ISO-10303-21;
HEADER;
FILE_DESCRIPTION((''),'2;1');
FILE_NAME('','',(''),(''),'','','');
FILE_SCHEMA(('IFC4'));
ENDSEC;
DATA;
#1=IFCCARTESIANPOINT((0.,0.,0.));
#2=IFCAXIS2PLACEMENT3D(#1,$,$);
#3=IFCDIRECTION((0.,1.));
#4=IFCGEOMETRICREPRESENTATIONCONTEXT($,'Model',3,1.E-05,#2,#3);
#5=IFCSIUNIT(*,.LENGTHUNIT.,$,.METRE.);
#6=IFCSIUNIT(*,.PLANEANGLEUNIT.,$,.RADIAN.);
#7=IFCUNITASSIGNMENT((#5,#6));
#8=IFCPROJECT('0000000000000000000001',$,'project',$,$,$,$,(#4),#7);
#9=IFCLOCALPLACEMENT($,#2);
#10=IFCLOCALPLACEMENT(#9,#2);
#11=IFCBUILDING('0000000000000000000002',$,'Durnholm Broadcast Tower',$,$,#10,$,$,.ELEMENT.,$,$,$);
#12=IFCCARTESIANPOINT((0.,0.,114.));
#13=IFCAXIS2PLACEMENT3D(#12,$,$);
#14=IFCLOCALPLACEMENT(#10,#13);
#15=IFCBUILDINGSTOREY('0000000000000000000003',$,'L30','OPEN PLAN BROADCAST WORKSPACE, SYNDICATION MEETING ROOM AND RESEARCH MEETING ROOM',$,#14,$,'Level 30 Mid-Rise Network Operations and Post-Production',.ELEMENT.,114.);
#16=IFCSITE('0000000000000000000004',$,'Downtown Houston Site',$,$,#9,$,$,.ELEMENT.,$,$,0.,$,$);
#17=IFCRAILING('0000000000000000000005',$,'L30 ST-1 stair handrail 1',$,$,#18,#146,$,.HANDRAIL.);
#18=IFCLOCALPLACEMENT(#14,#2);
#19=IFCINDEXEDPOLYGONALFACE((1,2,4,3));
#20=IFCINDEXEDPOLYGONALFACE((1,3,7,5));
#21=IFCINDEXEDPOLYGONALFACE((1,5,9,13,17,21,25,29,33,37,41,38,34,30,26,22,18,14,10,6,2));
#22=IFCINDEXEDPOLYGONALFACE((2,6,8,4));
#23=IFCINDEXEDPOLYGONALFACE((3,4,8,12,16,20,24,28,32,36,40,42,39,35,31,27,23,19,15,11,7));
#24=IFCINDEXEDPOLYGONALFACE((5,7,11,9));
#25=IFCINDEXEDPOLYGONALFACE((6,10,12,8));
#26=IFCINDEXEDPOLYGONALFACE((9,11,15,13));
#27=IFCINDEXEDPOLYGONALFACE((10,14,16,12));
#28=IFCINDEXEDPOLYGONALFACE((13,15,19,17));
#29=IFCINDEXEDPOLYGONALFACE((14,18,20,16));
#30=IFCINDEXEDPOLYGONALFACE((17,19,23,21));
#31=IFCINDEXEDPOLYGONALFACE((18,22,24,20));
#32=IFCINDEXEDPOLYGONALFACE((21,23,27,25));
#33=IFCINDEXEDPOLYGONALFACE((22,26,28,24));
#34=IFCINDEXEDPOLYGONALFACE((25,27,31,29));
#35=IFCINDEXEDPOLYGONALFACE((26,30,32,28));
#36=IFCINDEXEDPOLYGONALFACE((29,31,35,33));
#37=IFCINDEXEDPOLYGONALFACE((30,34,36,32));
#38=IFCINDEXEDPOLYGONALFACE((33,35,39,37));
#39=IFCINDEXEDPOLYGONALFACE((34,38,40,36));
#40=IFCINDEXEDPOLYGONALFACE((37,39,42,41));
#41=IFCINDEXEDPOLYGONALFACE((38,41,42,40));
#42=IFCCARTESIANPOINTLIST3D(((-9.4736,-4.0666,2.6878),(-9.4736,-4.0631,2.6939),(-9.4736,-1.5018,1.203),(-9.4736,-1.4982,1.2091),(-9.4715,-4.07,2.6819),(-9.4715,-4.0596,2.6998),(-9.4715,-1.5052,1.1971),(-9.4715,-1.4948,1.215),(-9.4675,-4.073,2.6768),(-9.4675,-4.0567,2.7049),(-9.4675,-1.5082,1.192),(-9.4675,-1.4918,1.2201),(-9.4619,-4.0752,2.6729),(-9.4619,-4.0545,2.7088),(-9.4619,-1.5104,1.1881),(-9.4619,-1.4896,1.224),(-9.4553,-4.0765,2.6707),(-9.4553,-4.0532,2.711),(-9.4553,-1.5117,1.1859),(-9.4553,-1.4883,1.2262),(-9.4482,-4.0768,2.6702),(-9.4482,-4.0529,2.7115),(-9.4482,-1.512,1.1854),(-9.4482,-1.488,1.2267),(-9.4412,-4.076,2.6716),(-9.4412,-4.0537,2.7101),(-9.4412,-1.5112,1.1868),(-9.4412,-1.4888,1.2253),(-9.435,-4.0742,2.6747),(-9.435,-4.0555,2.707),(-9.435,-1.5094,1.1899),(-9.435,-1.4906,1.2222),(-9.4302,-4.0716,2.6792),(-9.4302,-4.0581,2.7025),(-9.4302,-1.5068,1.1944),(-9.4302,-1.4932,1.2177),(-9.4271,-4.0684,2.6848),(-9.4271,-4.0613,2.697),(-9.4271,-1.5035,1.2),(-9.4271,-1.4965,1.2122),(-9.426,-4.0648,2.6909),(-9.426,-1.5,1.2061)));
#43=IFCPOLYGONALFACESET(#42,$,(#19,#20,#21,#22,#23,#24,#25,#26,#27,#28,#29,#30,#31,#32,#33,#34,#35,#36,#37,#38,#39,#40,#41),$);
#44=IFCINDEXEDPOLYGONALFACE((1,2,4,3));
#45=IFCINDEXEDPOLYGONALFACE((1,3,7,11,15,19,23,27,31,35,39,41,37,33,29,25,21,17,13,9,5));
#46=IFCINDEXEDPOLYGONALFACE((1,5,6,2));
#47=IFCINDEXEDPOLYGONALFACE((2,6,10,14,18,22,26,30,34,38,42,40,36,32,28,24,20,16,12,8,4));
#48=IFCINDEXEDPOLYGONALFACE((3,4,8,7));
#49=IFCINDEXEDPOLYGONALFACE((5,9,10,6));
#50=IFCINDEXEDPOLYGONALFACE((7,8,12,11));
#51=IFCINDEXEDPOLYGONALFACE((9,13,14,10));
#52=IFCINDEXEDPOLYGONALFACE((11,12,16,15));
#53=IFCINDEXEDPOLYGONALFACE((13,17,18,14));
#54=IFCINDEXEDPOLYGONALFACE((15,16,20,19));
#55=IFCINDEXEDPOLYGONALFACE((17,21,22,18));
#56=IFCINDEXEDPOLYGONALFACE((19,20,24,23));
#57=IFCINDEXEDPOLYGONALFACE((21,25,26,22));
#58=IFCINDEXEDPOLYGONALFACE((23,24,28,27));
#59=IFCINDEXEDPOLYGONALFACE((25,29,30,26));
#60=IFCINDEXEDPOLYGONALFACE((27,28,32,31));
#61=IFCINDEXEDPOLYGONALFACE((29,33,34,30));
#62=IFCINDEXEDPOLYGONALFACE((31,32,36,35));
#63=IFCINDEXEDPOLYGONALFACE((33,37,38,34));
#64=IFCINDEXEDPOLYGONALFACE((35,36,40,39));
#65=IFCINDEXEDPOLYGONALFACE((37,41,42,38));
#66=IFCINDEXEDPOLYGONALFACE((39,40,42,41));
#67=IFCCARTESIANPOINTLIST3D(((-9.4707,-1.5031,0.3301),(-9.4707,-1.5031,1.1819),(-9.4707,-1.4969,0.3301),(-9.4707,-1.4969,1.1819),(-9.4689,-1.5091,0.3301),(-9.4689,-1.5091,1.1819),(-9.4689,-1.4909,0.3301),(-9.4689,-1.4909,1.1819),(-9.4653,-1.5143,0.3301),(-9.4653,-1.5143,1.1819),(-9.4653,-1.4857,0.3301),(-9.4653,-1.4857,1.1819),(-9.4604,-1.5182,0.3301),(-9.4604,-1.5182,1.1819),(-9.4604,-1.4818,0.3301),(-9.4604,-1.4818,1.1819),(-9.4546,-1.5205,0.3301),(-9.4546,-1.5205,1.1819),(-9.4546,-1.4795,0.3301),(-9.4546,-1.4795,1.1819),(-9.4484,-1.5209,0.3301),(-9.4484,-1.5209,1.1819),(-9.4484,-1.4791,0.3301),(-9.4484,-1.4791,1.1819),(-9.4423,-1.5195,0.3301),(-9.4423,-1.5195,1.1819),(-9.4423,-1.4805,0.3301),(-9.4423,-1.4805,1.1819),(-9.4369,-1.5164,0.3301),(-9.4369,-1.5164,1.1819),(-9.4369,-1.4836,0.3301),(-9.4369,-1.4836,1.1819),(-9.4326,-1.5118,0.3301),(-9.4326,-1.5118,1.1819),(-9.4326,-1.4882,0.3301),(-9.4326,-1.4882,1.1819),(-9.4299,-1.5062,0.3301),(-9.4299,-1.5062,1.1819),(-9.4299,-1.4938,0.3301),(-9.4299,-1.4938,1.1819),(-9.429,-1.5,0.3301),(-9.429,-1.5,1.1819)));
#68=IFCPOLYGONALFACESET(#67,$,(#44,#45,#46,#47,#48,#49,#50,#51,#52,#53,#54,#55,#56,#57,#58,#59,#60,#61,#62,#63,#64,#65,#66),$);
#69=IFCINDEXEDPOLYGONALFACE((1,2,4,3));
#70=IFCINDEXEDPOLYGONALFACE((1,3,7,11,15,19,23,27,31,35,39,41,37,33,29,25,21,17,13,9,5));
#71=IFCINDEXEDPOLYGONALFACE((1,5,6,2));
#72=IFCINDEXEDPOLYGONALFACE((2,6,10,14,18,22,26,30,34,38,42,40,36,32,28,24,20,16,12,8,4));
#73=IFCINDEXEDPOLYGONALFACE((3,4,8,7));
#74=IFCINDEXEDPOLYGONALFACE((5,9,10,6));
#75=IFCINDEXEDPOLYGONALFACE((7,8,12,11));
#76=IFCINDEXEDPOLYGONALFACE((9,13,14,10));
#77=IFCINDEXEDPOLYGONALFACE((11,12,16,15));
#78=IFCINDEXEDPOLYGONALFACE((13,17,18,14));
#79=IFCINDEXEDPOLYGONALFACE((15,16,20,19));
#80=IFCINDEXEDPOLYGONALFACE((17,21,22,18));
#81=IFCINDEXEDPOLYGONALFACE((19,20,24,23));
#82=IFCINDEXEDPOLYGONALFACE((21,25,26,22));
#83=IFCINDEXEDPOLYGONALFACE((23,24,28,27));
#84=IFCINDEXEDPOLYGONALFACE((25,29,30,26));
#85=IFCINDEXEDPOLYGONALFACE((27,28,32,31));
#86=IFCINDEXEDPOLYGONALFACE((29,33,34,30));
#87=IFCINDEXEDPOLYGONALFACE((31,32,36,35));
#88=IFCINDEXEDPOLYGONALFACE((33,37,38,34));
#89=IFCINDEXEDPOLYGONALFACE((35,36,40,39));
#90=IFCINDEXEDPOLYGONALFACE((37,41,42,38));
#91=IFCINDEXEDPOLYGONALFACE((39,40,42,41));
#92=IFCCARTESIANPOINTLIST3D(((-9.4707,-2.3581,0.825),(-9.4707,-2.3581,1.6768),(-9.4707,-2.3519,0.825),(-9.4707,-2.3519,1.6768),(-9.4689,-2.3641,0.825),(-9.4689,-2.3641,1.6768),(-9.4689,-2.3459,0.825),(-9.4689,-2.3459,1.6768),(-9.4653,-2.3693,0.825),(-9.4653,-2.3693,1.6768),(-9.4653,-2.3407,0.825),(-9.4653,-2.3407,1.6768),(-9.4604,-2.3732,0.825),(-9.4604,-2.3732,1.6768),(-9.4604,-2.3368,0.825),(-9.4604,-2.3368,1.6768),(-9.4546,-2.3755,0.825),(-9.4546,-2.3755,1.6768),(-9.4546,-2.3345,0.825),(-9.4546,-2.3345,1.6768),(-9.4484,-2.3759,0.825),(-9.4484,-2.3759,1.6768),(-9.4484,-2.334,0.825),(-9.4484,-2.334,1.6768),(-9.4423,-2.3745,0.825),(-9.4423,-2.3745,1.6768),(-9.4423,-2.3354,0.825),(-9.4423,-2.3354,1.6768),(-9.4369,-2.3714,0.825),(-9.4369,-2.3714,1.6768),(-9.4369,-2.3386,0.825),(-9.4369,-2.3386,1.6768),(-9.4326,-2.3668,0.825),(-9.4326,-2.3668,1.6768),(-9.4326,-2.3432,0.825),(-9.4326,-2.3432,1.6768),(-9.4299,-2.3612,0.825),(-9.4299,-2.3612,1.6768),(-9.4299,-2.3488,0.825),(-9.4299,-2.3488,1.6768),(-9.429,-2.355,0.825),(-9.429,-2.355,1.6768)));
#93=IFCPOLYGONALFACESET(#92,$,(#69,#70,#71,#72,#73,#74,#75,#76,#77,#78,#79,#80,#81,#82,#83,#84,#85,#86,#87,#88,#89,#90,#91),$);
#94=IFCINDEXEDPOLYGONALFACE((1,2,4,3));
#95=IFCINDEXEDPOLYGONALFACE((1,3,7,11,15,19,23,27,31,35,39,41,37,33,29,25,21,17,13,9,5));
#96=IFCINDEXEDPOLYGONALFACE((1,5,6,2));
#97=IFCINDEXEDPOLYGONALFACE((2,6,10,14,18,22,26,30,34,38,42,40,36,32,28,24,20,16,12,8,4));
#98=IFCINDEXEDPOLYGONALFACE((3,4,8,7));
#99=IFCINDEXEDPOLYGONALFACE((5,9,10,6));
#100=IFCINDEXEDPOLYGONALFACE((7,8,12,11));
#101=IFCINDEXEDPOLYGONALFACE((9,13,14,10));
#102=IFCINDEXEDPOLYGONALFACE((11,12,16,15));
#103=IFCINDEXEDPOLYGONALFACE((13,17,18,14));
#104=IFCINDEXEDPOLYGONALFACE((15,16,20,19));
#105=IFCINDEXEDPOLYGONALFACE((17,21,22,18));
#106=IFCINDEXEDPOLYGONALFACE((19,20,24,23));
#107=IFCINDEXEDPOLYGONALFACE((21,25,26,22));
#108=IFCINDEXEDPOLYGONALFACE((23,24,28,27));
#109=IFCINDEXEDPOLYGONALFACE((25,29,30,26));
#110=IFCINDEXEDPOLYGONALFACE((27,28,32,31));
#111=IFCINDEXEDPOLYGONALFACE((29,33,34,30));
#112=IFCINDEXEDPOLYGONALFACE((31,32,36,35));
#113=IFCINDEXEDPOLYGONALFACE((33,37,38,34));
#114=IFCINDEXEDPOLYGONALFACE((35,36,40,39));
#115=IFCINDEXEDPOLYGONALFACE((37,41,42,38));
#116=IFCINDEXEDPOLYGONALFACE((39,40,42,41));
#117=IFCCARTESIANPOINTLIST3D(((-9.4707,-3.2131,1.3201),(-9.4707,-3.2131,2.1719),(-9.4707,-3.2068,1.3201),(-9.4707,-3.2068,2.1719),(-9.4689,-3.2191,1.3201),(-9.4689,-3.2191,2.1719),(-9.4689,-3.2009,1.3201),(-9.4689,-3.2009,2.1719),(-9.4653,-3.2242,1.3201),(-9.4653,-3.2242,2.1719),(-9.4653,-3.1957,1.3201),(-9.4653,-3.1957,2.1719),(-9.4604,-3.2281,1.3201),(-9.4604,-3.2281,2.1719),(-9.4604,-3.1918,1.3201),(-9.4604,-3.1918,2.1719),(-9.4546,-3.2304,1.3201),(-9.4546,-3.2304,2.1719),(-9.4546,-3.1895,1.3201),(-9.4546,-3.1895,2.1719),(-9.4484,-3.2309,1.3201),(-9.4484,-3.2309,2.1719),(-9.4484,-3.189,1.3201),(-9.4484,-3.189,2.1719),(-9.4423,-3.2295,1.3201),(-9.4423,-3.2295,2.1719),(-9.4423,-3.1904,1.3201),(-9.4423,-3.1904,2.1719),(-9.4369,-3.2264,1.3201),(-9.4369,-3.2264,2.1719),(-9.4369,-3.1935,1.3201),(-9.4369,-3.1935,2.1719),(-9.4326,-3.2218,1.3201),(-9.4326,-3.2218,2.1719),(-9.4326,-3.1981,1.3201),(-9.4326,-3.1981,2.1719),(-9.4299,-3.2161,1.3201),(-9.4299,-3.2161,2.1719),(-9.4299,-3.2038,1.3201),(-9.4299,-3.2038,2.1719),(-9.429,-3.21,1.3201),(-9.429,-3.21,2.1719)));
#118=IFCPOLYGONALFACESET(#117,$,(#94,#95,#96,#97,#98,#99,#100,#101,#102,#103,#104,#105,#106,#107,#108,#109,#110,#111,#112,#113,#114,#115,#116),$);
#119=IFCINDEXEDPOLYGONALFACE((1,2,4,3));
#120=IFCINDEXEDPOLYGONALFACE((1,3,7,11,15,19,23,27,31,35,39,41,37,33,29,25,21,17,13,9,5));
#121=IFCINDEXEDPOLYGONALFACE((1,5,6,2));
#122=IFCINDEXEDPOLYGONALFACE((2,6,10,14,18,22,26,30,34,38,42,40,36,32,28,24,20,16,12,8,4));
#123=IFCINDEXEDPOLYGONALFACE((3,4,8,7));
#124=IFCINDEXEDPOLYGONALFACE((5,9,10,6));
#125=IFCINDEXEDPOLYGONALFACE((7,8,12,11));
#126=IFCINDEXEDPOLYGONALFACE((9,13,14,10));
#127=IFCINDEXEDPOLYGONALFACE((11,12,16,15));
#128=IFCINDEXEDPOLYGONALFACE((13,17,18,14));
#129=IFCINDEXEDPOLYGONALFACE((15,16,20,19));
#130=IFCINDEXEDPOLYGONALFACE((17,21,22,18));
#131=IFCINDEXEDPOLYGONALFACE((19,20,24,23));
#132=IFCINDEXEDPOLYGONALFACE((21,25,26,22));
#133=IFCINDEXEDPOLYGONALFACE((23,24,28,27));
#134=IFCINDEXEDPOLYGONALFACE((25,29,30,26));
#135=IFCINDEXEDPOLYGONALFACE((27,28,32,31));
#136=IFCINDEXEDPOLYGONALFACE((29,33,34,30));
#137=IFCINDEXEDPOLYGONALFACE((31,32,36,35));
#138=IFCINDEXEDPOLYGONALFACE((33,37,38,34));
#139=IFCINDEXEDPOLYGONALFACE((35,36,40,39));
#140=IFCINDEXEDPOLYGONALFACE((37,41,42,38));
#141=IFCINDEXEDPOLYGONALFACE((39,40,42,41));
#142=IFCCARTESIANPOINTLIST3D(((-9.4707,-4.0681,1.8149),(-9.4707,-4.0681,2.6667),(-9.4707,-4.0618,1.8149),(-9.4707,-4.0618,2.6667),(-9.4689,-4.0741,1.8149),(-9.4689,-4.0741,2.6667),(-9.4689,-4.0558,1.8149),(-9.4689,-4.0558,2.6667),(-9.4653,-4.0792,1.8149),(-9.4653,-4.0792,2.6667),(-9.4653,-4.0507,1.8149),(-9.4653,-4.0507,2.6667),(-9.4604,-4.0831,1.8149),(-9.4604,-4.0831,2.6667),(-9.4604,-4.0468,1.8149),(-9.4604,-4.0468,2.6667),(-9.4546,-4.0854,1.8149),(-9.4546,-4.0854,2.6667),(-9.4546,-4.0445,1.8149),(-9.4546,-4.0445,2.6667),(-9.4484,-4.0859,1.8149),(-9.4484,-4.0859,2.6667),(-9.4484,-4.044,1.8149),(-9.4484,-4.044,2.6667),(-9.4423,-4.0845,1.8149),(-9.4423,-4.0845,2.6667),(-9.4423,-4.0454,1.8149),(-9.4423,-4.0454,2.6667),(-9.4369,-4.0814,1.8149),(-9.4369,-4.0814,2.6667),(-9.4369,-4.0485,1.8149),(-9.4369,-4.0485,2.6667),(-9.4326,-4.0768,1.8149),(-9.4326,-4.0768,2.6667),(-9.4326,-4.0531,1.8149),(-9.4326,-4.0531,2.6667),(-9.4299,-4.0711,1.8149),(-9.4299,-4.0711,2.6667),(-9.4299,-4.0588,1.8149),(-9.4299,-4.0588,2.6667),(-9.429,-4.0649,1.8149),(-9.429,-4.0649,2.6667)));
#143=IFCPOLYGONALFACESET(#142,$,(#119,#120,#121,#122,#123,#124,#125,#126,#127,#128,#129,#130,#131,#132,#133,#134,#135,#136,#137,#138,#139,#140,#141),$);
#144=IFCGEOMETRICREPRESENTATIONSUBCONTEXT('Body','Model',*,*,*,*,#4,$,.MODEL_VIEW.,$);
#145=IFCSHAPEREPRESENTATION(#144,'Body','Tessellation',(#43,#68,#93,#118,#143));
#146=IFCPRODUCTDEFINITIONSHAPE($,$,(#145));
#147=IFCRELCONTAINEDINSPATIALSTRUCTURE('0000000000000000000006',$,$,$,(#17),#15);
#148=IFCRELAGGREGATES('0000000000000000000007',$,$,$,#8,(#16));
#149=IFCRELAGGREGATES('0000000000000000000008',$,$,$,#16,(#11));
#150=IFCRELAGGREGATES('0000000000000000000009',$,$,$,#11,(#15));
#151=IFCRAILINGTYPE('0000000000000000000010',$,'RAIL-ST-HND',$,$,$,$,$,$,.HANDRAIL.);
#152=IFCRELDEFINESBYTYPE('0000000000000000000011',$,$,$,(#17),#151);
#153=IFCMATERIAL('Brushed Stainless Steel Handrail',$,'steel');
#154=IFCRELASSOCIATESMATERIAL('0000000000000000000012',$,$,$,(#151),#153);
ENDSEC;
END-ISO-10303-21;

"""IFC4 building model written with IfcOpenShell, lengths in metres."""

from ifc_helpers import new_model, si_unit, direction, frame, origin, origin_2d, place, context, subcontext, project, spatial, circle, extrude, material, type_object, element, save


model = new_model("IFC4")

# Units and contexts
model_context = context("Model", 3, precision=1e-05, world=origin(), true_north=direction((0.0, 1.0)))
body_context = subcontext(model_context, "Body", "Model", "MODEL_VIEW")
ifc_project = project(units=[si_unit("LENGTHUNIT", "METRE"), si_unit("PLANEANGLEUNIT", "RADIAN")], contexts=[model_context])

# Site, building, storey
site_placement = place(None, origin())
site = spatial("IfcSite", under=ifc_project, at=site_placement, Name="Downtown Houston Site", CompositionType="ELEMENT", RefElevation=0.0)
building_placement = place(site_placement, origin())
building = spatial("IfcBuilding", under=site, at=building_placement, Name="Durnholm Broadcast Tower", CompositionType="ELEMENT")
storey_placement = place(building_placement, frame((0.0, 0.0, 114.0)))
storey = spatial("IfcBuildingStorey", under=building, at=storey_placement, Name="L30", Description="OPEN PLAN BROADCAST WORKSPACE, SYNDICATION MEETING ROOM AND RESEARCH MEETING ROOM", LongName="Level 30 Mid-Rise Network Operations and Post-Production", CompositionType="ELEMENT", Elevation=114.0)

# Railing
ifc_material_1 = material(Name="Brushed Stainless Steel Handrail", Category="steel")
railing_type_1 = type_object("IfcRailingType", Name="RAIL-ST-HND", PredefinedType="HANDRAIL", material=ifc_material_1)
railing_1_placement = place(storey_placement, frame((-9.45, -1.5, 0.3301)))
element("IfcRailing", 1, at=railing_1_placement, inside=storey, type_object=railing_type_1, Name="L30 ST-1 stair handrail 1", PredefinedType="HANDRAIL", context=body_context, shape_type="SweptSolid", body=[
    extrude(circle(Radius=0.0239, at=origin_2d()), frame((0.0, 0.0, 0.876), z_axis=(0.0, -0.865441, 0.50101), x_axis=(1.0, 0.0, 0.0)), (0.0, 0.0, 1.0), 2.9636),
    extrude(circle(Radius=0.021, at=origin_2d()), origin(), (0.0, 0.0, 1.0), 0.8518),
    extrude(circle(Radius=0.021, at=origin_2d()), frame((0.0, -0.855, 0.4949)), (0.0, 0.0, 1.0), 0.8518),
    extrude(circle(Radius=0.021, at=origin_2d()), frame((0.0, -1.71, 0.99)), (0.0, 0.0, 1.0), 0.8518),
    extrude(circle(Radius=0.021, at=origin_2d()), frame((0.0, -2.5649, 1.4849)), (0.0, 0.0, 1.0), 0.8518),
])

save(model, "model.ifc")
